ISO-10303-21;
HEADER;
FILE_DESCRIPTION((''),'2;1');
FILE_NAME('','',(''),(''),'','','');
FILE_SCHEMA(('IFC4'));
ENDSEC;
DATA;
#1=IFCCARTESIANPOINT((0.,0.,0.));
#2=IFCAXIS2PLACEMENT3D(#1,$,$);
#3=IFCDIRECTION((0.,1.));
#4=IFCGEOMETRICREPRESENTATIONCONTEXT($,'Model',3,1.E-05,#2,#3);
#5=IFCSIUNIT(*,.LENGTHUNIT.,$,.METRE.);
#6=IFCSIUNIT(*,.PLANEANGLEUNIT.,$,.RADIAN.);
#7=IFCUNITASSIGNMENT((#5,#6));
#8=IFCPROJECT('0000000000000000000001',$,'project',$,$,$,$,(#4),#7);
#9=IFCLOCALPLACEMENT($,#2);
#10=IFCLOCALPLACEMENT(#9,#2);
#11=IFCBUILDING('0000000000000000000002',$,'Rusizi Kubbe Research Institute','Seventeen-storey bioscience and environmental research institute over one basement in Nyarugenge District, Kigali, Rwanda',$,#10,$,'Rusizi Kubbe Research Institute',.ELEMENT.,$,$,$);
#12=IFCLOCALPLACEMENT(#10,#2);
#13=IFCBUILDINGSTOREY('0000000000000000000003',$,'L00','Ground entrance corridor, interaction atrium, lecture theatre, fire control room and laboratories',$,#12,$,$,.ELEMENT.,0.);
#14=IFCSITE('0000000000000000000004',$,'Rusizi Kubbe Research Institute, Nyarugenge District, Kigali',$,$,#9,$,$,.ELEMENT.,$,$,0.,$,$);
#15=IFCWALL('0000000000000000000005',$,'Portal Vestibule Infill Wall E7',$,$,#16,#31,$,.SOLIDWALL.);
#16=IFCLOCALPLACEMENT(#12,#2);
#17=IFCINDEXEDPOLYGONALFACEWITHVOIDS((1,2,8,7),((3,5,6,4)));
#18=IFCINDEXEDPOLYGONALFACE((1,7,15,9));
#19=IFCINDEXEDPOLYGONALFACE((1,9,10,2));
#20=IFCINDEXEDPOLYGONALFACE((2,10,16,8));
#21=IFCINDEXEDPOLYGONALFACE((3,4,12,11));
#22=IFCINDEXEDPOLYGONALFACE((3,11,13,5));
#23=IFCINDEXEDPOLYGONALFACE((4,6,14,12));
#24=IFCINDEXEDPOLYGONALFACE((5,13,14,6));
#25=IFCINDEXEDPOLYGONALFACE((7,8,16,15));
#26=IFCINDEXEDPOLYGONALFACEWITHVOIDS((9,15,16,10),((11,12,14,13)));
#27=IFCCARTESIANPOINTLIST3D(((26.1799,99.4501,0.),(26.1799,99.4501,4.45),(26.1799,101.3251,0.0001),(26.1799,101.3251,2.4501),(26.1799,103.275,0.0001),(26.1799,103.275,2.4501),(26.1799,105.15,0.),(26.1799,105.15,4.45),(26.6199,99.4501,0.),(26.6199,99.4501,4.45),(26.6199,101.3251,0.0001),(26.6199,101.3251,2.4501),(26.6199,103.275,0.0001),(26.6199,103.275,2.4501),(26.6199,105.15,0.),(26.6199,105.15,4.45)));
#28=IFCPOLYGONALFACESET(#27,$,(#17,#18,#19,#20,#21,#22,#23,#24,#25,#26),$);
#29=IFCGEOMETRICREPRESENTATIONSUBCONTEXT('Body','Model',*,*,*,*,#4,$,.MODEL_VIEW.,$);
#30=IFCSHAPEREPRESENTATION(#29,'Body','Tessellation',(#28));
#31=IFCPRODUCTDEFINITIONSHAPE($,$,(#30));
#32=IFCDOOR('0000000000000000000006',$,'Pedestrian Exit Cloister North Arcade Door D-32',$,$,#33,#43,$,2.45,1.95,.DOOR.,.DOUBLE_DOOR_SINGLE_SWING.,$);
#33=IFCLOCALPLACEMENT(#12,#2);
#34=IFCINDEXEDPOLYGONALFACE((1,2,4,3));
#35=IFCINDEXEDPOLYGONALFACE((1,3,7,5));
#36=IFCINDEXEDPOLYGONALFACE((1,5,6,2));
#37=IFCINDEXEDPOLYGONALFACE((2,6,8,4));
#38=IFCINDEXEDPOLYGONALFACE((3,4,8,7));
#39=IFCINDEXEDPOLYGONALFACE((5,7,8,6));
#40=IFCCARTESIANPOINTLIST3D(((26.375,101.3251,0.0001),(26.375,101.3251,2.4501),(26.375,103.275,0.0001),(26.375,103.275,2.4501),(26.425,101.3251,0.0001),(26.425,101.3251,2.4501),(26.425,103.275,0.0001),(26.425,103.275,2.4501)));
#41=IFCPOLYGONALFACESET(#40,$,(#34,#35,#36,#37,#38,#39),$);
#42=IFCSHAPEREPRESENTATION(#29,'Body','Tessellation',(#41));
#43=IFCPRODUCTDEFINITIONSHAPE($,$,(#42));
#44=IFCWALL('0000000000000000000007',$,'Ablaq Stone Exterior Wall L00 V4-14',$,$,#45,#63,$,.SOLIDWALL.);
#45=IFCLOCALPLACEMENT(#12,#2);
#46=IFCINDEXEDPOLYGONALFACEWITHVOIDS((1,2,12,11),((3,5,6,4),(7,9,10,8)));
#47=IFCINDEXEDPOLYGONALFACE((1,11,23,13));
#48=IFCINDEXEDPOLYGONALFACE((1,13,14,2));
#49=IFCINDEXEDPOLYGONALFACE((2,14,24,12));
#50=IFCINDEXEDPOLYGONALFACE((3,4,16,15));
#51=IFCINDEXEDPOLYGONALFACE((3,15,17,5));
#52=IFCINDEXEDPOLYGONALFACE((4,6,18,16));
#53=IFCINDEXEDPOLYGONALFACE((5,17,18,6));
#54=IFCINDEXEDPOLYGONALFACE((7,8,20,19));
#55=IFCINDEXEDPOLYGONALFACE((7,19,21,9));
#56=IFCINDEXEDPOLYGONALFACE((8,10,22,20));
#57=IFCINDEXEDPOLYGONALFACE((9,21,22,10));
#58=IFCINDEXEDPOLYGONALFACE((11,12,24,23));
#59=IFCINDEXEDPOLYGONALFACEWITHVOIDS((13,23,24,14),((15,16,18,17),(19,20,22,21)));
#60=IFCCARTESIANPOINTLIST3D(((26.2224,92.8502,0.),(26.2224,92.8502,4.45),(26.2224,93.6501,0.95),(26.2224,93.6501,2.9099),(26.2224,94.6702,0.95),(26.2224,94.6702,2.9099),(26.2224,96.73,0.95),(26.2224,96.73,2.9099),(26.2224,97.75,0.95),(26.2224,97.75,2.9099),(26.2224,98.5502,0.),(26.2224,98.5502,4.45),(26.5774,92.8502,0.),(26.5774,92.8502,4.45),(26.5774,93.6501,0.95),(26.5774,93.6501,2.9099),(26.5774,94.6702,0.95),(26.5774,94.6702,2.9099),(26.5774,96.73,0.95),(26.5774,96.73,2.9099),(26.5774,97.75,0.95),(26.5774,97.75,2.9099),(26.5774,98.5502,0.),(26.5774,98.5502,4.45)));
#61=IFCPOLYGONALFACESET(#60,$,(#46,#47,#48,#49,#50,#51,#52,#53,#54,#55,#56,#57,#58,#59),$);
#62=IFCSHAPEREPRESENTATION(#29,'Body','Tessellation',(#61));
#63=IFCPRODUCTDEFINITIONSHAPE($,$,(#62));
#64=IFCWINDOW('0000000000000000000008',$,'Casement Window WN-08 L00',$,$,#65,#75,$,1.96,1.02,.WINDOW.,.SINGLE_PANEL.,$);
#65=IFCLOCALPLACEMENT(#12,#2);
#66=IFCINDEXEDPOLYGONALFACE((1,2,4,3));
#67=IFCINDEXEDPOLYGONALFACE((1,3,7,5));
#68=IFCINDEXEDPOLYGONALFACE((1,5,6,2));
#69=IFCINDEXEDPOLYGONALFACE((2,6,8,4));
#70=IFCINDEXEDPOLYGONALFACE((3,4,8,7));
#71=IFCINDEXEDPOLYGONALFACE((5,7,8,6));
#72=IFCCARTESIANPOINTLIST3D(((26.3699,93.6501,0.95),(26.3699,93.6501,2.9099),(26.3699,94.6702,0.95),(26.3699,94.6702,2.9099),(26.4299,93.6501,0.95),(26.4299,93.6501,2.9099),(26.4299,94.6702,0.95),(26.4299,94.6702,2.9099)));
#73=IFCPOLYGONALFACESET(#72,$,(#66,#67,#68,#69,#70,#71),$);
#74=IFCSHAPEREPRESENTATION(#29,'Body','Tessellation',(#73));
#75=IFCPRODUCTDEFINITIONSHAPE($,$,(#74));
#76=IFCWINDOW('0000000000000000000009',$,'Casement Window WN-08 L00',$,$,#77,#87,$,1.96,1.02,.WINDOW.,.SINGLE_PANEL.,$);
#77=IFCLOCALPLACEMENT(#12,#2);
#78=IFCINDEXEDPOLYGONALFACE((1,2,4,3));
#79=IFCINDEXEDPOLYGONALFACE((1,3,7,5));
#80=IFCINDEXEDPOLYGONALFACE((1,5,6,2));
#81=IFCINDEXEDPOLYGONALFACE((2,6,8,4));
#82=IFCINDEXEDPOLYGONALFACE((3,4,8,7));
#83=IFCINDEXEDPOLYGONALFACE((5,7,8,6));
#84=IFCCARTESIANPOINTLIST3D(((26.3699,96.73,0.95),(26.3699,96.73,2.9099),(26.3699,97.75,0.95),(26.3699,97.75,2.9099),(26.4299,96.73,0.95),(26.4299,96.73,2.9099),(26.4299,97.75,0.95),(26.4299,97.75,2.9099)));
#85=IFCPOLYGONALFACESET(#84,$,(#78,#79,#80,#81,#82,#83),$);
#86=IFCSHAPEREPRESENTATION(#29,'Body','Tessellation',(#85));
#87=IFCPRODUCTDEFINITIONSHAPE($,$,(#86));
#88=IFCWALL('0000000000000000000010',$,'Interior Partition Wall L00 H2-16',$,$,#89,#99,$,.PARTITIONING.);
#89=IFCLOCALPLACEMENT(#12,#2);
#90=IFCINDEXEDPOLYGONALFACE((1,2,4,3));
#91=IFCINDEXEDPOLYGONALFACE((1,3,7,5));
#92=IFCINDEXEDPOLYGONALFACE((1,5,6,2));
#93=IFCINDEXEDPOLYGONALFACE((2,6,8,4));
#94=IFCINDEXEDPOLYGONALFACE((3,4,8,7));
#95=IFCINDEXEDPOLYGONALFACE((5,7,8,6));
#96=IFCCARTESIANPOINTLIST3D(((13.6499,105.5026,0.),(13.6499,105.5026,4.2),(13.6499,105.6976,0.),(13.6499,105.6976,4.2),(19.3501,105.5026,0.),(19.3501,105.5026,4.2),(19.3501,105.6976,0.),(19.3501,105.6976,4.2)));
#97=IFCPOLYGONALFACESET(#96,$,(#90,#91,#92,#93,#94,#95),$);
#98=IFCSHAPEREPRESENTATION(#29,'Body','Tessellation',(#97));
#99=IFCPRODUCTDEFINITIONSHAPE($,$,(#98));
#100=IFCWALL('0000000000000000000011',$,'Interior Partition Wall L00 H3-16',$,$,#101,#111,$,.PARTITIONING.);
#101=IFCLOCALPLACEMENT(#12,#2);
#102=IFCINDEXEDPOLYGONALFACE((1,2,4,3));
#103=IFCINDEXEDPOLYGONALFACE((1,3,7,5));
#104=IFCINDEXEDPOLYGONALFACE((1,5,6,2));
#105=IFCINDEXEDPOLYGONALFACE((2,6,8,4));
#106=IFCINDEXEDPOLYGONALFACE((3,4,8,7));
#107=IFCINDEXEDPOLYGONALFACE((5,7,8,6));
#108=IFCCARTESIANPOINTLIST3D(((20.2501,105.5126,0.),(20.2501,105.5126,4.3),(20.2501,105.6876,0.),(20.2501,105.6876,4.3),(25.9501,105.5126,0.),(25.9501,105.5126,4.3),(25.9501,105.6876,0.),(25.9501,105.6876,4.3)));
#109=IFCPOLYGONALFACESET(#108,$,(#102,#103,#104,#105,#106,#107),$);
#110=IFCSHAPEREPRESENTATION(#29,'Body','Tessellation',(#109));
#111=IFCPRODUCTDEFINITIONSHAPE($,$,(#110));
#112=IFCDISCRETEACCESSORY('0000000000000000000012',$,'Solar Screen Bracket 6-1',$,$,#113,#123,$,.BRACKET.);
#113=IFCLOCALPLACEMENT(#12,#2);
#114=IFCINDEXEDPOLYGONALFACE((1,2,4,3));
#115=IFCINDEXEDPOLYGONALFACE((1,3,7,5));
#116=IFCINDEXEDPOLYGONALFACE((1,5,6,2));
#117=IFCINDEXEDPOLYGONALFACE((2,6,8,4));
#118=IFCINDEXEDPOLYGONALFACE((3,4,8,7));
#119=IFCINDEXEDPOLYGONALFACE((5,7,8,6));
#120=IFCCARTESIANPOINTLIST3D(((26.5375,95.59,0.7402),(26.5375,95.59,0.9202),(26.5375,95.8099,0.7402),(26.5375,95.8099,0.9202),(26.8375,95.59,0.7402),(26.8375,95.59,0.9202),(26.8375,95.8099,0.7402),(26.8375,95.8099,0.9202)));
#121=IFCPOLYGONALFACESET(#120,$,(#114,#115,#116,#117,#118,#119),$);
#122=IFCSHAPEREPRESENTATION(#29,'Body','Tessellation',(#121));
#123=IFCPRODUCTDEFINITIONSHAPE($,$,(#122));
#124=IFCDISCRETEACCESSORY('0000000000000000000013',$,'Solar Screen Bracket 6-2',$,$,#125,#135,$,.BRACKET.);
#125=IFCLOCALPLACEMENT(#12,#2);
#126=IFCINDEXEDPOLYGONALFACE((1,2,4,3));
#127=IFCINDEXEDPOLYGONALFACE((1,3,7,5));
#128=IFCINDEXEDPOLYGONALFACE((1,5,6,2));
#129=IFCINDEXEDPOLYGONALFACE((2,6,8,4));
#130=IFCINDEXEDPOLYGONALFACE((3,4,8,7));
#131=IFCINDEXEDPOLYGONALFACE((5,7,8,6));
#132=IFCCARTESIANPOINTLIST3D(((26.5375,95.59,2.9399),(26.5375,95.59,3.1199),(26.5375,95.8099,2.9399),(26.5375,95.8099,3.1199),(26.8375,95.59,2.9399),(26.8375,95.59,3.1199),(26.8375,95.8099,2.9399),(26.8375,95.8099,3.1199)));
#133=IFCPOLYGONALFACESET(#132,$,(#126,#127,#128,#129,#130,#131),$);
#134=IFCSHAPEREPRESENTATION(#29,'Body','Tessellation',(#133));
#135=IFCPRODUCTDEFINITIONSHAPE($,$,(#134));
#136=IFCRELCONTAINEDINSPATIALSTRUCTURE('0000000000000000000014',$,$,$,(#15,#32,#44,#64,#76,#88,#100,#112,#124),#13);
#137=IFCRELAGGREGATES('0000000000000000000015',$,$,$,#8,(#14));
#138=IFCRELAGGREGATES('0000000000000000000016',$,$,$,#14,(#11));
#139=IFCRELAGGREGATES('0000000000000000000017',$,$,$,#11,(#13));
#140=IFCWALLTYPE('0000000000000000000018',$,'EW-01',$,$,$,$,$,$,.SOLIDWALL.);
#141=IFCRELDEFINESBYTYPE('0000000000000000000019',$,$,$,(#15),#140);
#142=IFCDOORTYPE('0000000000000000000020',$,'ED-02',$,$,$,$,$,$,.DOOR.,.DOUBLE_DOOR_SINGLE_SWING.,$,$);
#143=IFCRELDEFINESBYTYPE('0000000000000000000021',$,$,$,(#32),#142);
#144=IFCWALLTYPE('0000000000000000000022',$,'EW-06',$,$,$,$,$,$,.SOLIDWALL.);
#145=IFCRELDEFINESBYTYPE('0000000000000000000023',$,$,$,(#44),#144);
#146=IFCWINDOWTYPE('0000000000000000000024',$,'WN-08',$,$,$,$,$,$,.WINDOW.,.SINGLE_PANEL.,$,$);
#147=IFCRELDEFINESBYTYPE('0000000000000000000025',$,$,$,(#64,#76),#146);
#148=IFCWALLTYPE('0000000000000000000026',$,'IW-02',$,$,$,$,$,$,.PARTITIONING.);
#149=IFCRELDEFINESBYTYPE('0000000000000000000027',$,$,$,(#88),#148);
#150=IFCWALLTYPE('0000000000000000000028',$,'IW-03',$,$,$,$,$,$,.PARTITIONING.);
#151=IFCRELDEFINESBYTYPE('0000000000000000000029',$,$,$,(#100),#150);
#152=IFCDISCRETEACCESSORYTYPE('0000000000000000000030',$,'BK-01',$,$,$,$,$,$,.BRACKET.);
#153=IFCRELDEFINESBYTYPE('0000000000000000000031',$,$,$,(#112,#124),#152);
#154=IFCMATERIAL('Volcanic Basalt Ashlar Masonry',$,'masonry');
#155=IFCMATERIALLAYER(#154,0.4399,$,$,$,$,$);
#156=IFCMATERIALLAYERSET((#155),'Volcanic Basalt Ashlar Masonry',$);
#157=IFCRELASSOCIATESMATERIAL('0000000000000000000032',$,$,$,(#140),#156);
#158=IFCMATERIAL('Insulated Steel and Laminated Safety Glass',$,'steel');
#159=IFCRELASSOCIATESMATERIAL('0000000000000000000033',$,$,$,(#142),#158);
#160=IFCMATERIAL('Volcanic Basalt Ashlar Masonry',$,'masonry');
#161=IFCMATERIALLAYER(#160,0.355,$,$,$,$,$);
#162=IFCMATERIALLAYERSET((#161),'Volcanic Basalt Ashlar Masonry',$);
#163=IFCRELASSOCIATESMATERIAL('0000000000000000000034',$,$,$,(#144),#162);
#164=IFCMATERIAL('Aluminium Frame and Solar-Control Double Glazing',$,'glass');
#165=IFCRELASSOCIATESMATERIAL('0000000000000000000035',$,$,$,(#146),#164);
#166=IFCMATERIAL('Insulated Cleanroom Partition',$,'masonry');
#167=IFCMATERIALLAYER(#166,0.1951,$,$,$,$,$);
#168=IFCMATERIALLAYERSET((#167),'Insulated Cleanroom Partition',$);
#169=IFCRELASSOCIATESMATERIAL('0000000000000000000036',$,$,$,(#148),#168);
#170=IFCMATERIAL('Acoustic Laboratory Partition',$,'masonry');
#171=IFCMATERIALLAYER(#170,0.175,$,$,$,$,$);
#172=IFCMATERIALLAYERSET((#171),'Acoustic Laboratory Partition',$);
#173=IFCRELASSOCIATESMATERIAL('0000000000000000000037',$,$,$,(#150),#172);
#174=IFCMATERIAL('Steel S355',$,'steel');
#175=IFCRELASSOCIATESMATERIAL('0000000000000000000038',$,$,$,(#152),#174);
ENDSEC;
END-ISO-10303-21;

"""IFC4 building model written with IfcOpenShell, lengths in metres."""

from ifc_helpers import new_model, si_unit, direction, frame, frame_2d, origin, origin_2d, place, context, subcontext, project, spatial, rectangle, extrude, material, layer, layer_set, type_object, element, fill, save


model = new_model("IFC4")

# Units and contexts
model_context = context("Model", 3, precision=1e-05, world=origin(), true_north=direction((0.0, 1.0)))
body_context = subcontext(model_context, "Body", "Model", "MODEL_VIEW")
ifc_project = project(units=[si_unit("LENGTHUNIT", "METRE"), si_unit("PLANEANGLEUNIT", "RADIAN")], contexts=[model_context])

# Site, building, storey
site_placement = place(None, origin())
site = spatial("IfcSite", under=ifc_project, at=site_placement, Name="Rusizi Kubbe Research Institute, Nyarugenge District, Kigali", CompositionType="ELEMENT", RefElevation=0.0)
building_placement = place(site_placement, origin())
building = spatial("IfcBuilding", under=site, at=building_placement, Name="Rusizi Kubbe Research Institute", Description="Seventeen-storey bioscience and environmental research institute over one basement in Nyarugenge District, Kigali, Rwanda", LongName="Rusizi Kubbe Research Institute", CompositionType="ELEMENT")
storey_placement = place(building_placement, origin())
storey = spatial("IfcBuildingStorey", under=building, at=storey_placement, Name="L00", Description="Ground entrance corridor, interaction atrium, lecture theatre, fire control room and laboratories", CompositionType="ELEMENT", Elevation=0.0)

# Wall, opening, door
ifc_material_1 = material(Name="Volcanic Basalt Ashlar Masonry", Category="masonry")
ifc_layer_1 = layer(ifc_material_1, 0.4399)
ifc_layer_set_1 = layer_set([ifc_layer_1], Name="Volcanic Basalt Ashlar Masonry")
wall_type_1 = type_object("IfcWallType", Name="EW-01", PredefinedType="SOLIDWALL", material=ifc_layer_set_1)
wall_1_placement = place(storey_placement, frame((26.3999, 99.45, 0.0), z_axis=(0.0, 0.0, 1.0), x_axis=(0.0, 1.0, 0.0)))
wall_1 = element("IfcWall", 1, at=wall_1_placement, inside=storey, type_object=wall_type_1, Name="Portal Vestibule Infill Wall E7", PredefinedType="SOLIDWALL", context=body_context, shape_type="SweptSolid", body=[
    extrude(rectangle(XDim=5.7, YDim=0.4399, at=frame_2d((2.8501, 0.0))), origin(), (0.0, 0.0, 1.0), 4.45),
])
opening_1_placement = place(wall_1_placement, frame((1.875, 0.0, 0.0)))
opening_1 = element("IfcOpeningElement", 2, at=opening_1_placement, cuts=wall_1, PredefinedType="OPENING", context=body_context, shape_type="SweptSolid", body=[
    extrude(rectangle(XDim=1.95, YDim=2.45, at=frame_2d((0.9751, 1.2251))), frame((0.0, 0.23, 0.0), z_axis=(0.0, -1.0, 0.0), x_axis=(1.0, 0.0, 0.0)), (0.0, 0.0, 1.0), 0.46),
])
ifc_material_2 = material(Name="Insulated Steel and Laminated Safety Glass", Category="steel")
door_type = type_object("IfcDoorType", Name="ED-02", OperationType="DOUBLE_DOOR_SINGLE_SWING", PredefinedType="DOOR", material=ifc_material_2)
door_placement = place(opening_1_placement, origin())
door = element("IfcDoor", 3, at=door_placement, inside=storey, type_object=door_type, Name="Pedestrian Exit Cloister North Arcade Door D-32", OperationType="DOUBLE_DOOR_SINGLE_SWING", OverallHeight=2.45, OverallWidth=1.95, PredefinedType="DOOR", context=body_context, shape_type="SweptSolid", body=[
    extrude(rectangle(XDim=1.95, YDim=2.45, at=frame_2d((0.9751, 1.2251))), frame((0.0, 0.0249, 0.0), z_axis=(0.0, -1.0, 0.0), x_axis=(1.0, 0.0, 0.0)), (0.0, 0.0, 1.0), 0.05),
])
fill(opening_1, door)

# Wall, openings, windows
ifc_material_3 = material(Name="Volcanic Basalt Ashlar Masonry", Category="masonry")
ifc_layer_2 = layer(ifc_material_3, 0.355)
ifc_layer_set_2 = layer_set([ifc_layer_2], Name="Volcanic Basalt Ashlar Masonry")
wall_type_2 = type_object("IfcWallType", Name="EW-06", PredefinedType="SOLIDWALL", material=ifc_layer_set_2)
wall_2_placement = place(storey_placement, frame((26.3999, 92.8501, 0.0), z_axis=(0.0, 0.0, 1.0), x_axis=(0.0, 1.0, 0.0)))
wall_2 = element("IfcWall", 4, at=wall_2_placement, inside=storey, type_object=wall_type_2, Name="Ablaq Stone Exterior Wall L00 V4-14", PredefinedType="SOLIDWALL", context=body_context, shape_type="SweptSolid", body=[
    extrude(rectangle(XDim=5.7, YDim=0.355, at=frame_2d((2.8501, 0.0))), origin(), (0.0, 0.0, 1.0), 4.45),
])
opening_2_placement = place(wall_2_placement, frame((0.8, 0.0, 0.95)))
opening_2 = element("IfcOpeningElement", 5, at=opening_2_placement, cuts=wall_2, PredefinedType="OPENING", context=body_context, shape_type="SweptSolid", body=[
    extrude(rectangle(XDim=1.02, YDim=1.96, at=frame_2d((0.51, 0.98))), frame((0.0, 0.1875, 0.0), z_axis=(0.0, -1.0, 0.0), x_axis=(1.0, 0.0, 0.0)), (0.0, 0.0, 1.0), 0.375),
])
opening_3_placement = place(wall_2_placement, frame((3.8799, 0.0, 0.95)))
opening_3 = element("IfcOpeningElement", 6, at=opening_3_placement, cuts=wall_2, PredefinedType="OPENING", context=body_context, shape_type="SweptSolid", body=[
    extrude(rectangle(XDim=1.02, YDim=1.96, at=frame_2d((0.51, 0.98))), frame((0.0, 0.1875, 0.0), z_axis=(0.0, -1.0, 0.0), x_axis=(1.0, 0.0, 0.0)), (0.0, 0.0, 1.0), 0.375),
])
ifc_material_4 = material(Name="Aluminium Frame and Solar-Control Double Glazing", Category="glass")
window_type = type_object("IfcWindowType", Name="WN-08", PartitioningType="SINGLE_PANEL", PredefinedType="WINDOW", material=ifc_material_4)
window_1_placement = place(opening_2_placement, origin())
window_1 = element("IfcWindow", 7, at=window_1_placement, inside=storey, type_object=window_type, Name="Casement Window WN-08 L00", OverallHeight=1.96, OverallWidth=1.02, PartitioningType="SINGLE_PANEL", PredefinedType="WINDOW", context=body_context, shape_type="SweptSolid", body=[
    extrude(rectangle(XDim=1.02, YDim=1.96, at=frame_2d((0.51, 0.98))), frame((0.0, 0.03, 0.0), z_axis=(0.0, -1.0, 0.0), x_axis=(1.0, 0.0, 0.0)), (0.0, 0.0, 1.0), 0.0601),
])
fill(opening_2, window_1)
window_2_placement = place(opening_3_placement, origin())
window_2 = element("IfcWindow", 8, at=window_2_placement, inside=storey, type_object=window_type, Name="Casement Window WN-08 L00", OverallHeight=1.96, OverallWidth=1.02, PartitioningType="SINGLE_PANEL", PredefinedType="WINDOW", context=body_context, shape_type="SweptSolid", body=[
    extrude(rectangle(XDim=1.02, YDim=1.96, at=frame_2d((0.51, 0.98))), frame((0.0, 0.03, 0.0), z_axis=(0.0, -1.0, 0.0), x_axis=(1.0, 0.0, 0.0)), (0.0, 0.0, 1.0), 0.0601),
])
fill(opening_3, window_2)

# Walls
ifc_material_5 = material(Name="Insulated Cleanroom Partition", Category="masonry")
ifc_layer_3 = layer(ifc_material_5, 0.1951)
ifc_layer_set_3 = layer_set([ifc_layer_3], Name="Insulated Cleanroom Partition")
wall_type_3 = type_object("IfcWallType", Name="IW-02", PredefinedType="PARTITIONING", material=ifc_layer_set_3)
wall_3_placement = place(storey_placement, frame((13.6499, 105.6001, 0.0), z_axis=(0.0, 0.0, 1.0), x_axis=(1.0, 0.0, 0.0)))
element("IfcWall", 9, at=wall_3_placement, inside=storey, type_object=wall_type_3, Name="Interior Partition Wall L00 H2-16", PredefinedType="PARTITIONING", context=body_context, shape_type="SweptSolid", body=[
    extrude(rectangle(XDim=5.7002, YDim=0.1951, at=frame_2d((2.8501, 0.0))), origin(), (0.0, 0.0, 1.0), 4.2),
])
ifc_material_6 = material(Name="Acoustic Laboratory Partition", Category="masonry")
ifc_layer_4 = layer(ifc_material_6, 0.175)
ifc_layer_set_4 = layer_set([ifc_layer_4], Name="Acoustic Laboratory Partition")
wall_type_4 = type_object("IfcWallType", Name="IW-03", PredefinedType="PARTITIONING", material=ifc_layer_set_4)
wall_4_placement = place(storey_placement, frame((20.25, 105.6001, 0.0), z_axis=(0.0, 0.0, 1.0), x_axis=(1.0, 0.0, 0.0)))
element("IfcWall", 10, at=wall_4_placement, inside=storey, type_object=wall_type_4, Name="Interior Partition Wall L00 H3-16", PredefinedType="PARTITIONING", context=body_context, shape_type="SweptSolid", body=[
    extrude(rectangle(XDim=5.7, YDim=0.175, at=frame_2d((2.8501, 0.0))), origin(), (0.0, 0.0, 1.0), 4.3),
])

# Discrete accessories
ifc_material_7 = material(Name="Steel S355", Category="steel")
discrete_accessory_type = type_object("IfcDiscreteAccessoryType", Name="BK-01", PredefinedType="BRACKET", material=ifc_material_7)
for number, where, z_axis, x_axis, name in (
    (11, (26.6875, 95.7, 0.7402), (0.0, 0.0, 1.0), (1.0, 0.0, 0.0), "Solar Screen Bracket 6-1"),
    (12, (26.6875, 95.7, 2.9399), (0.0, 0.0, 1.0), (1.0, 0.0, 0.0), "Solar Screen Bracket 6-2"),
):
    element("IfcDiscreteAccessory", number, at=place(storey_placement, frame(where, z_axis=z_axis, x_axis=x_axis)), inside=storey, type_object=discrete_accessory_type, Name=name, PredefinedType="BRACKET", context=body_context, shape_type="SweptSolid", body=[
        extrude(rectangle(XDim=0.3, YDim=0.22, at=origin_2d()), origin(), (0.0, 0.0, 1.0), 0.1799),
    ])

save(model, "model.ifc")
